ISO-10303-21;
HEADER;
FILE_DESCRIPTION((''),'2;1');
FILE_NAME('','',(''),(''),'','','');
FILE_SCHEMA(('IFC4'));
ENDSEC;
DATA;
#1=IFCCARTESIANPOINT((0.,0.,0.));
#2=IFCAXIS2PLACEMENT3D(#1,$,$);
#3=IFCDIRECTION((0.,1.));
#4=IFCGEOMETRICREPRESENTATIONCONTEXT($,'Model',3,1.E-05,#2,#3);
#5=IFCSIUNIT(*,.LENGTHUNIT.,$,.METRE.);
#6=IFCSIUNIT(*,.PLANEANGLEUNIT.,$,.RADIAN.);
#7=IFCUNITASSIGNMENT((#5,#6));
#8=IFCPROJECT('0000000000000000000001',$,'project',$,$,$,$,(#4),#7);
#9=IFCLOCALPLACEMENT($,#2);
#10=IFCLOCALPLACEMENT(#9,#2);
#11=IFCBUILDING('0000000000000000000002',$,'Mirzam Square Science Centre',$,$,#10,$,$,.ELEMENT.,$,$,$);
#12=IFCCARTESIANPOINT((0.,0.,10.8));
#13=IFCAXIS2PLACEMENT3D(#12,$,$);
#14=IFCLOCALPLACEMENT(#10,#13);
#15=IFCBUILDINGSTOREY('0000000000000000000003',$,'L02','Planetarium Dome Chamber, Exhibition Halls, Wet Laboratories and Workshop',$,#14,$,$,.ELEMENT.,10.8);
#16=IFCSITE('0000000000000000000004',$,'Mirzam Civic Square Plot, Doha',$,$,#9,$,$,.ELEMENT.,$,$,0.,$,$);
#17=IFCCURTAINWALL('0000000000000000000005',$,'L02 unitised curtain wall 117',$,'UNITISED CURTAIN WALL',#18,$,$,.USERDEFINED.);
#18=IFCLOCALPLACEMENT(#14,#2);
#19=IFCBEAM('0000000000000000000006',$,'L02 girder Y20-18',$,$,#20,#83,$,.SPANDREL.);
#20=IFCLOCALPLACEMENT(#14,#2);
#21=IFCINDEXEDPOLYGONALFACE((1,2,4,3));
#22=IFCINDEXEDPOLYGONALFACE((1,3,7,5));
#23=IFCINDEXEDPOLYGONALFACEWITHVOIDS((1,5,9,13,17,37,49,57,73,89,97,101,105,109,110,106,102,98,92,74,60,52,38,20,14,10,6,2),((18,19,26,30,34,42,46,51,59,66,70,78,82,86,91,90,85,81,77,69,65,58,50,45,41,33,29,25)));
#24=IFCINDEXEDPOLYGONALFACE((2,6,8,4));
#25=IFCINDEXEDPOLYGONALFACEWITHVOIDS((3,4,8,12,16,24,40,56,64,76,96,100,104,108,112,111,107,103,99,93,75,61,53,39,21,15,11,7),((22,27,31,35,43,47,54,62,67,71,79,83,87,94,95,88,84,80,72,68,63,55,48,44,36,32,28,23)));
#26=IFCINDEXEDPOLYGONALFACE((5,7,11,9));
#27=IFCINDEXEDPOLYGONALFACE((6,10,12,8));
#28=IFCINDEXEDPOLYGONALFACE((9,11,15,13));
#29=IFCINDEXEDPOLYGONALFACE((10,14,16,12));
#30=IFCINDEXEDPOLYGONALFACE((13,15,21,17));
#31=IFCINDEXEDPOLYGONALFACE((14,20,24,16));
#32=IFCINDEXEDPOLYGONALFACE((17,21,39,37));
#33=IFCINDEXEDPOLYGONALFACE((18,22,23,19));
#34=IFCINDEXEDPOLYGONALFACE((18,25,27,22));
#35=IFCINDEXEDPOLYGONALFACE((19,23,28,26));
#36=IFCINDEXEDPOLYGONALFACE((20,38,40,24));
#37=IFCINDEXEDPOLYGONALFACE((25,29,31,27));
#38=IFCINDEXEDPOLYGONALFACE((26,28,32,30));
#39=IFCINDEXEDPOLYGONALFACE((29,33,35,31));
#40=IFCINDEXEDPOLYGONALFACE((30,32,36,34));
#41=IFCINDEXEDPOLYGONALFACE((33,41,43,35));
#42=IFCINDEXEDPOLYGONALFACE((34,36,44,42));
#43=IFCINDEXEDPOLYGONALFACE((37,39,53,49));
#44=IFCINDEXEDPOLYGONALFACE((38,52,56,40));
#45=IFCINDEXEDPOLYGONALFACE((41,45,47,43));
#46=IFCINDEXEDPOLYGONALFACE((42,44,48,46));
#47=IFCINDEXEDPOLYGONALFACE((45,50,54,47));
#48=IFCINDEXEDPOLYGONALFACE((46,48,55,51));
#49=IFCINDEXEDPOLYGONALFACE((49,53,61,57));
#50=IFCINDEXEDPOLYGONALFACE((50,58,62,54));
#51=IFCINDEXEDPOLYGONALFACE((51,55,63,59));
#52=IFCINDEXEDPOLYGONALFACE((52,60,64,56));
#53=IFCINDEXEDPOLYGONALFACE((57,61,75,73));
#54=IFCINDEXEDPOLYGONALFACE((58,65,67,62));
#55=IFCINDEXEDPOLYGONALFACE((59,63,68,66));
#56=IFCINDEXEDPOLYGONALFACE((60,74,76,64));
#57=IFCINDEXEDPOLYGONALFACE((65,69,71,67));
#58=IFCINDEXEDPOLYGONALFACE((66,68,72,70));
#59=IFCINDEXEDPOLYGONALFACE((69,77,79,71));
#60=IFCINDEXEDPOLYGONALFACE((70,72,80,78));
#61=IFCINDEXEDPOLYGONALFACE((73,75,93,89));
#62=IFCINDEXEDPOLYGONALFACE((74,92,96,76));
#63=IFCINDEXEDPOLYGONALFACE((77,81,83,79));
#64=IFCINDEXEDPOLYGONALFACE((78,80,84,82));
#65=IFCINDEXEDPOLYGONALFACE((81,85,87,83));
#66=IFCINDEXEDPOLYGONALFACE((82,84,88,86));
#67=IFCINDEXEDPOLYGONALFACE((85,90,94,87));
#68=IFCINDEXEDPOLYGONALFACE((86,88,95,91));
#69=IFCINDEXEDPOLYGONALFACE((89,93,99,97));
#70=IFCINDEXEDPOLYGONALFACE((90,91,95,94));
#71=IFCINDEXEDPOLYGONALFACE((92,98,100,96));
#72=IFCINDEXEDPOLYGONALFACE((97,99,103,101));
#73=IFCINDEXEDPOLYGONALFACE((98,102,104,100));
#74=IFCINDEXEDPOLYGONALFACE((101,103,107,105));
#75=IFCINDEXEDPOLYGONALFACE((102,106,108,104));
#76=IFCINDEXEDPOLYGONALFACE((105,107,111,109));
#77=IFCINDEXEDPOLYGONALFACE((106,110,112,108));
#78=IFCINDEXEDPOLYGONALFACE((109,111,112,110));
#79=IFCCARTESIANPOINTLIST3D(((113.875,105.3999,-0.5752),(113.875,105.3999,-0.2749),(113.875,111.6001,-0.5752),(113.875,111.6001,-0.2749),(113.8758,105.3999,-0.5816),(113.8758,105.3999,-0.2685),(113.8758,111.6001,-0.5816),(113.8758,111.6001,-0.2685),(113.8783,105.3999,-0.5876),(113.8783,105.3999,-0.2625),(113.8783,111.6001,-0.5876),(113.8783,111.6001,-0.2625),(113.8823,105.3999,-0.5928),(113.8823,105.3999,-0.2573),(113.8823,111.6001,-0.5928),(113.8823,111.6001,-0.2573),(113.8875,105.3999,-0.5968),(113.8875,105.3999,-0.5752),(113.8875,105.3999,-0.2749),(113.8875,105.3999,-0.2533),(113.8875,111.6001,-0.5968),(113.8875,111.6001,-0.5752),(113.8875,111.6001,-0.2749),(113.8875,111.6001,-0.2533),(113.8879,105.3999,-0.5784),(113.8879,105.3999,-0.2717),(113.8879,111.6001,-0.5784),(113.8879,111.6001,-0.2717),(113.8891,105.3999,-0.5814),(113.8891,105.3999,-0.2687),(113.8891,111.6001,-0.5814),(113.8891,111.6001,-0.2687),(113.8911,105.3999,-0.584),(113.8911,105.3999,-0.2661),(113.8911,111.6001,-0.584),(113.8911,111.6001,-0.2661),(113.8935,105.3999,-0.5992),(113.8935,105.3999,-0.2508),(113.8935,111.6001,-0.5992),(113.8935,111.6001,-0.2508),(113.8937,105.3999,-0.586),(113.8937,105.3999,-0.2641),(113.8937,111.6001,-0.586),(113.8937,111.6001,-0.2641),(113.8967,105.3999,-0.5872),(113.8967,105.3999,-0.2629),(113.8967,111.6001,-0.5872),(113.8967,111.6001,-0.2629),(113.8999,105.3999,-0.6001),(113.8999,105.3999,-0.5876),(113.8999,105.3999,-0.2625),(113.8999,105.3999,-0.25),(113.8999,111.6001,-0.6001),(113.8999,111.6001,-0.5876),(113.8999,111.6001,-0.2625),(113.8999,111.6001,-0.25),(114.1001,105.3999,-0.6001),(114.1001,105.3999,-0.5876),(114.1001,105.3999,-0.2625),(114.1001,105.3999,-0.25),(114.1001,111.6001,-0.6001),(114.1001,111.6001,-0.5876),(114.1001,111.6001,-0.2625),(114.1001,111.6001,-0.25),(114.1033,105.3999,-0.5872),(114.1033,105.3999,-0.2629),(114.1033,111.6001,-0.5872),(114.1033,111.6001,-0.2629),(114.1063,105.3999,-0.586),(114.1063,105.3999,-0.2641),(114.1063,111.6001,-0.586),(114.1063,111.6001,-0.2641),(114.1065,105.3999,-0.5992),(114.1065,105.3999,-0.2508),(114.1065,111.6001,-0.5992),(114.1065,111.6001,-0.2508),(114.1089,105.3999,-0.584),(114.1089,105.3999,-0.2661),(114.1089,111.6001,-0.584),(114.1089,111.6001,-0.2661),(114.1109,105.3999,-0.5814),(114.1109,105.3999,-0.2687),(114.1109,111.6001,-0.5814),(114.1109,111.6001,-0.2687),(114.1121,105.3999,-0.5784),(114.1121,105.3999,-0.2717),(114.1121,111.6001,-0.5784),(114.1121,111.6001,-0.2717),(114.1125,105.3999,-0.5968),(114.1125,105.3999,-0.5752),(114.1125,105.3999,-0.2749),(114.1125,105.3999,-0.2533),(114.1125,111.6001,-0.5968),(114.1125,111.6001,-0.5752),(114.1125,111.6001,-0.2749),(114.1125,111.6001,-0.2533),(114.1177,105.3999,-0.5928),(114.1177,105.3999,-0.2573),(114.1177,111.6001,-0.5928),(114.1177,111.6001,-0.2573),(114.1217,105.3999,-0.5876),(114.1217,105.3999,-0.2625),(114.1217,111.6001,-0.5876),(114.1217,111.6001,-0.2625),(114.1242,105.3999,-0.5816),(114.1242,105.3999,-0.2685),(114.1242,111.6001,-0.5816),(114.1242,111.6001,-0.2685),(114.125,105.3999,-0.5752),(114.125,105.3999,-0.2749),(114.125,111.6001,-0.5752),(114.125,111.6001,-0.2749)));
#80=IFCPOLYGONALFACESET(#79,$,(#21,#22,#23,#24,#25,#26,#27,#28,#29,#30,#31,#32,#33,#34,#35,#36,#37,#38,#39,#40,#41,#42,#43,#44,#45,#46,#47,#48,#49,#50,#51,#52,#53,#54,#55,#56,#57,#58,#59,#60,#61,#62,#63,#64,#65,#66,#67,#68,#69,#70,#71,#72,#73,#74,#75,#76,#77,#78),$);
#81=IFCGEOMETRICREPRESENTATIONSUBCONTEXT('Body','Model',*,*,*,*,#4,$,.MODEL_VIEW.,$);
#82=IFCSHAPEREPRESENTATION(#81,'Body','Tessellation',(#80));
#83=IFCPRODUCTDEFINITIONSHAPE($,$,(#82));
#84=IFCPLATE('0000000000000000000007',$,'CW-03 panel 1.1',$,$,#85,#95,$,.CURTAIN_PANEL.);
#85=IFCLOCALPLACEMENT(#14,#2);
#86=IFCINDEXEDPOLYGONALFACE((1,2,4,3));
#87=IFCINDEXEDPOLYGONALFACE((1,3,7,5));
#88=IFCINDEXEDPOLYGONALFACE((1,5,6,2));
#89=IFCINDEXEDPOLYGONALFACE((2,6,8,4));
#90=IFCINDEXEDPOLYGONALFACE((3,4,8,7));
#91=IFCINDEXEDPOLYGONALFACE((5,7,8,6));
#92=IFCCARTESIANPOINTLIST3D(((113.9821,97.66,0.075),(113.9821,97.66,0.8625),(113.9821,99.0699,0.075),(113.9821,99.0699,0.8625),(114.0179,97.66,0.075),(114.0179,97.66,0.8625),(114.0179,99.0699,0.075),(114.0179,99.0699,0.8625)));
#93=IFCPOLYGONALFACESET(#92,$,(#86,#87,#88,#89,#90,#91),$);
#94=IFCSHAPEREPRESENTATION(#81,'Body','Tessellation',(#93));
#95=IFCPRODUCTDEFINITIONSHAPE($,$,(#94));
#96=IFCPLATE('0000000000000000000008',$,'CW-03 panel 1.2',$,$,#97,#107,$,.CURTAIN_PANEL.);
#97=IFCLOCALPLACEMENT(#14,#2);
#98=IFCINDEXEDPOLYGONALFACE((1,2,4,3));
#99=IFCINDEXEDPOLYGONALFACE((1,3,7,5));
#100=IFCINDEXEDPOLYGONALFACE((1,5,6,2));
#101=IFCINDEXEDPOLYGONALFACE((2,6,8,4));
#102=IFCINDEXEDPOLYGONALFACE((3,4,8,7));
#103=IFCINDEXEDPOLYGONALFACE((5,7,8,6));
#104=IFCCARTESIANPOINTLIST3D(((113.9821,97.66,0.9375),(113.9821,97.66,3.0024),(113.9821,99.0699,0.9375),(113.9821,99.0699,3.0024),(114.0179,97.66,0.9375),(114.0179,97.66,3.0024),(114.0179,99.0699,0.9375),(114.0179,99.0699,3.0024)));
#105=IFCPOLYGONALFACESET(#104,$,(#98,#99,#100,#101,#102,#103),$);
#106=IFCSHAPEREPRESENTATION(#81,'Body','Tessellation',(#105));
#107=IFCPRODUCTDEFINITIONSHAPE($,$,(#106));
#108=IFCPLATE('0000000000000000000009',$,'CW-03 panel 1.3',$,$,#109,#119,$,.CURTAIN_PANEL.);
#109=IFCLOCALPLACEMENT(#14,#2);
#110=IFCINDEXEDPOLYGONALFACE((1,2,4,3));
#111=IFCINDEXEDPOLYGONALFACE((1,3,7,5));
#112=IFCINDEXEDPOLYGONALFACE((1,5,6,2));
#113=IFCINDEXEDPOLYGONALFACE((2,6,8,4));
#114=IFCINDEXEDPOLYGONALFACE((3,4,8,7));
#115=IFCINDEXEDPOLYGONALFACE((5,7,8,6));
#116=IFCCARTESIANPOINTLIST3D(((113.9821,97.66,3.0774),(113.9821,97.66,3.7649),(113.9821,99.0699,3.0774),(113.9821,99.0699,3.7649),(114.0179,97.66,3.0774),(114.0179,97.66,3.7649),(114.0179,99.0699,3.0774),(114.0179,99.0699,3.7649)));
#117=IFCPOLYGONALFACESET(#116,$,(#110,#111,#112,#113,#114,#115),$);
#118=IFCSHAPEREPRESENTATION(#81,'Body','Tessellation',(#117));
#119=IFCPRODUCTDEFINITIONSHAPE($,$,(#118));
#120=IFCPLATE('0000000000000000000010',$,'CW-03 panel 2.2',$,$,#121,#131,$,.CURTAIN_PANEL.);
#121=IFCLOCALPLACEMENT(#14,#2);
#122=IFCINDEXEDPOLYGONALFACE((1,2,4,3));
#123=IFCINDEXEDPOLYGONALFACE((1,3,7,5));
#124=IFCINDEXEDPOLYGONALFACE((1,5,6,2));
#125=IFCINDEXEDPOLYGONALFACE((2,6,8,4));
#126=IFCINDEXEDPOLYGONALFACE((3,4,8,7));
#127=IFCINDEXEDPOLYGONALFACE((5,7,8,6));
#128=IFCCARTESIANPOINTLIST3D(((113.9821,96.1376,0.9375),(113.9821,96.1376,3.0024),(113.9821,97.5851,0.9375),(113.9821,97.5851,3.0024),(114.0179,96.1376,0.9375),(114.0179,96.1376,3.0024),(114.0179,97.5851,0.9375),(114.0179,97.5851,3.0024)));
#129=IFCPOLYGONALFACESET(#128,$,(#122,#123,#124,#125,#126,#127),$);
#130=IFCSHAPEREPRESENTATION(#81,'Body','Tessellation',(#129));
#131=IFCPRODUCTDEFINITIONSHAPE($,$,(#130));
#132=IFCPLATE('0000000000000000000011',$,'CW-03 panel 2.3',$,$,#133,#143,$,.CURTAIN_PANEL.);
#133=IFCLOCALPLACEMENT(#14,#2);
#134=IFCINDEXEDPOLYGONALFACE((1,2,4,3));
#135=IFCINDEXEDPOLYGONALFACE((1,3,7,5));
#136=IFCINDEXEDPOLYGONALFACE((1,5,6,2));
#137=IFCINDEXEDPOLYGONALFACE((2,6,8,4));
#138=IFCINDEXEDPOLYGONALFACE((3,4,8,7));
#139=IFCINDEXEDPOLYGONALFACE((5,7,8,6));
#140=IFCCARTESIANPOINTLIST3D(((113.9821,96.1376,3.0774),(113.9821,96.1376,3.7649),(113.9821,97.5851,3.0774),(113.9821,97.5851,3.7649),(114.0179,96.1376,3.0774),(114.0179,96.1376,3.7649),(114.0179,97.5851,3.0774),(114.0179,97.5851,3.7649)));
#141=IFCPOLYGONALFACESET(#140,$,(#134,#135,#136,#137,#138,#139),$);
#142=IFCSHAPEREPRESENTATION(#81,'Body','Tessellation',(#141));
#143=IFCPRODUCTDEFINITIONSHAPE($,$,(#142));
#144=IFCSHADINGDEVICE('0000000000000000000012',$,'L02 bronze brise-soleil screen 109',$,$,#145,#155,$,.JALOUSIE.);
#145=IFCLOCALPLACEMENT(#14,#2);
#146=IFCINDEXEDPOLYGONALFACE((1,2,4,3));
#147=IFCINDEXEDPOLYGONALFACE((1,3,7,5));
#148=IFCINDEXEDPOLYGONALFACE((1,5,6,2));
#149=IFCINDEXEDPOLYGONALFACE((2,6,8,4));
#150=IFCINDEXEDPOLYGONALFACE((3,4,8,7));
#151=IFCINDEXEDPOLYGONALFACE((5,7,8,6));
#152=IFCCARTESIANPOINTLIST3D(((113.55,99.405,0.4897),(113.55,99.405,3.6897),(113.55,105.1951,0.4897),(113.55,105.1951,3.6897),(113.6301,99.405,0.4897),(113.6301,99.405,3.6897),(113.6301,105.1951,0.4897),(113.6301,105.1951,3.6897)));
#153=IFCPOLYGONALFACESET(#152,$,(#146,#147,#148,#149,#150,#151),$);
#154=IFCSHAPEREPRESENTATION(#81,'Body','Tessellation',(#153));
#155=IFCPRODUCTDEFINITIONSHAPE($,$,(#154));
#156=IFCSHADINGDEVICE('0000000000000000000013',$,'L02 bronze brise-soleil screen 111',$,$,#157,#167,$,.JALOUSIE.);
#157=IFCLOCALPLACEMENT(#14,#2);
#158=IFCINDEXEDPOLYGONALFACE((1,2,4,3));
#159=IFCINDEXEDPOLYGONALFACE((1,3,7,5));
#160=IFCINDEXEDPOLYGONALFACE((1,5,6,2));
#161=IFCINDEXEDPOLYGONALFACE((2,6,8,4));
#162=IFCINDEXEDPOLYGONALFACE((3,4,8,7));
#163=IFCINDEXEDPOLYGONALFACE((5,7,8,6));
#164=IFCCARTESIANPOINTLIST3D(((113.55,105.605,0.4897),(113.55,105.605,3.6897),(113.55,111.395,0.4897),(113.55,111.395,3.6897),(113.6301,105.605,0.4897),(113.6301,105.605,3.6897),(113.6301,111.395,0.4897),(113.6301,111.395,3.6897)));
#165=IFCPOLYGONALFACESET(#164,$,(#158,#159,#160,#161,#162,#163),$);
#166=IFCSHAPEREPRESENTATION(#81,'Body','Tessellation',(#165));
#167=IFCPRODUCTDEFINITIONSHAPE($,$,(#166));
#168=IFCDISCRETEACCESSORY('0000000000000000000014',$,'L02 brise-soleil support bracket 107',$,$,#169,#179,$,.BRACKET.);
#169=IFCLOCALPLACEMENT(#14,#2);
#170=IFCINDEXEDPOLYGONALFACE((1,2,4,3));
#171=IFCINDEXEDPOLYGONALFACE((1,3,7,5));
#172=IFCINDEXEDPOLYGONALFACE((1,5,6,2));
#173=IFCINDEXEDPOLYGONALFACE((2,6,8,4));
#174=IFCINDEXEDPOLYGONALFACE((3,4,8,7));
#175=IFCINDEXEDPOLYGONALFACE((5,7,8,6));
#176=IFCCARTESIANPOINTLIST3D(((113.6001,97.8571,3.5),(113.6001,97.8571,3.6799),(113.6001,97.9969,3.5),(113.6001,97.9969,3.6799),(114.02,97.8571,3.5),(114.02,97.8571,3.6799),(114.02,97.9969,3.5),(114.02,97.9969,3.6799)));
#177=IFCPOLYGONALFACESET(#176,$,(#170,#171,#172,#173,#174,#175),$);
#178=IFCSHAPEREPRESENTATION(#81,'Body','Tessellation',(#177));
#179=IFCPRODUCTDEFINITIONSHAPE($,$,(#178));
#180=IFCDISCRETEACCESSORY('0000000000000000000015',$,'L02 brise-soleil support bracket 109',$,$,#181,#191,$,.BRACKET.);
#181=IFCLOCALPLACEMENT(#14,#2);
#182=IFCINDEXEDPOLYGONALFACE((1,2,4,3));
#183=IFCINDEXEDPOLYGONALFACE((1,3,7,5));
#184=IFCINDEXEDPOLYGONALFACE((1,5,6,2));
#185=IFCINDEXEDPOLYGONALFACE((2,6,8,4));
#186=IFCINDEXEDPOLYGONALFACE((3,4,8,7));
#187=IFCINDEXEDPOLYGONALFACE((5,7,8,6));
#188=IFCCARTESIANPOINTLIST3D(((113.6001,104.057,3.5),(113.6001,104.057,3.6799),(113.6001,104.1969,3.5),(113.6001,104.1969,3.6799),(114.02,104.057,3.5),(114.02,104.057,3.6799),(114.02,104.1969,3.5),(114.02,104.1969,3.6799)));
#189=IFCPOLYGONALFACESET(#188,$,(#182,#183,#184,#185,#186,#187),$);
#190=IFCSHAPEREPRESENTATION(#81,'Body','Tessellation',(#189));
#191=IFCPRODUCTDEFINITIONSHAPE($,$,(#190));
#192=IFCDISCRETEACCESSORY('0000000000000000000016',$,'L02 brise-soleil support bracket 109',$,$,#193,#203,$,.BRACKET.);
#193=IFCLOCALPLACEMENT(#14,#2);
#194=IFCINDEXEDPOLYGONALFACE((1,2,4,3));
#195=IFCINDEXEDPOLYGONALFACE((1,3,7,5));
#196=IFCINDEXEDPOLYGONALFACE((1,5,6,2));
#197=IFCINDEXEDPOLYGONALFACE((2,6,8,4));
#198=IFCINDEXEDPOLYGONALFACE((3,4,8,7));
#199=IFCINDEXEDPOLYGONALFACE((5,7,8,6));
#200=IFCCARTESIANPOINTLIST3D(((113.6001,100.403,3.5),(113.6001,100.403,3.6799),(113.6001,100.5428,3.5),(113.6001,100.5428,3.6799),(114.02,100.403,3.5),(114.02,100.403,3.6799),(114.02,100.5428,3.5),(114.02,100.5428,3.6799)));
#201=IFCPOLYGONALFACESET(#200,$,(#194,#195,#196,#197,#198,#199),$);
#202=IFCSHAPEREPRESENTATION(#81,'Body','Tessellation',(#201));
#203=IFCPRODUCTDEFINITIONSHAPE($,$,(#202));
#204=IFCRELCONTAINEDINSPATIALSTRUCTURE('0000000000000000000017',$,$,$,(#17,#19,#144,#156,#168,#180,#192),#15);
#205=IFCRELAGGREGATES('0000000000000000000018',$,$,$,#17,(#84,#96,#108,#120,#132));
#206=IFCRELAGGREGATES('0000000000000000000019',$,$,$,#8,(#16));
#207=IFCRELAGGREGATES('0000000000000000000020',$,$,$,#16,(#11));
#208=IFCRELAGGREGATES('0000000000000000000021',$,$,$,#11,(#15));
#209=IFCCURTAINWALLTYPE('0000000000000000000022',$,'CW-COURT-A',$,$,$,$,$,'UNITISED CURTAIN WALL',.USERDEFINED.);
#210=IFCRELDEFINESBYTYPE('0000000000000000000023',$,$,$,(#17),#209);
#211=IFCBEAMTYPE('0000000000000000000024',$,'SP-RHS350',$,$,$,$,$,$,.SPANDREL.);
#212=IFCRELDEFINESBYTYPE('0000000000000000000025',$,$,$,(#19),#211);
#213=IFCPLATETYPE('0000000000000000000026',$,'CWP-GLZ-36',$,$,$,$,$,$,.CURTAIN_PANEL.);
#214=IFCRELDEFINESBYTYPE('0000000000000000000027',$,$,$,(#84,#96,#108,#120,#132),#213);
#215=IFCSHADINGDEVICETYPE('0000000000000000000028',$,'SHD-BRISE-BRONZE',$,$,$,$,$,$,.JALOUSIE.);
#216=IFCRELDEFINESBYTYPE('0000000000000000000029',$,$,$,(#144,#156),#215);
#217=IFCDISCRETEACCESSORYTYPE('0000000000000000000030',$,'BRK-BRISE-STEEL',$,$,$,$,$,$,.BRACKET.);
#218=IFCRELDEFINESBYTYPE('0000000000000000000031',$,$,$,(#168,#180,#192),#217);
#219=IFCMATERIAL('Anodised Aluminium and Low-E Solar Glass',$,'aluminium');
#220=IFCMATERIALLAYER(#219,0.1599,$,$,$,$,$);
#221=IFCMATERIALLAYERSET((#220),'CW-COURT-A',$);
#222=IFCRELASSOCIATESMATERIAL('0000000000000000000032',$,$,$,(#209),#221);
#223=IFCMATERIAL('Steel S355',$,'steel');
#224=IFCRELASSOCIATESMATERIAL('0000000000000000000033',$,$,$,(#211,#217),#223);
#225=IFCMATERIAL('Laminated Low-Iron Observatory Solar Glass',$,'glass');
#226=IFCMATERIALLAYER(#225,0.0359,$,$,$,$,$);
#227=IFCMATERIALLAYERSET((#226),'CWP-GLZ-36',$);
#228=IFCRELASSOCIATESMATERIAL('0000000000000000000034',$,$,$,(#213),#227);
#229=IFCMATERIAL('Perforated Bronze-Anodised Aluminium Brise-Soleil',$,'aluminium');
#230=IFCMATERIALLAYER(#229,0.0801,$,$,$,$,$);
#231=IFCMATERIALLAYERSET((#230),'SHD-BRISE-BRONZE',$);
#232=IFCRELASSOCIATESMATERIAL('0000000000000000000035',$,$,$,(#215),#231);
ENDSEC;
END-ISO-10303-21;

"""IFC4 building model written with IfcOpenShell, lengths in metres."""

from ifc_helpers import new_model, si_unit, direction, frame, origin, origin_2d, place, context, subcontext, project, spatial, rectangle, hollow_rectangle, extrude, material, layer, layer_set, material_profile, profile_set, type_object, element, aggregate, save


model = new_model("IFC4")

# Units and contexts
model_context = context("Model", 3, precision=1e-05, world=origin(), true_north=direction((0.0, 1.0)))
body_context = subcontext(model_context, "Body", "Model", "MODEL_VIEW")
ifc_project = project(units=[si_unit("LENGTHUNIT", "METRE"), si_unit("PLANEANGLEUNIT", "RADIAN")], contexts=[model_context])

# Site, building, storey
site_placement = place(None, origin())
site = spatial("IfcSite", under=ifc_project, at=site_placement, Name="Mirzam Civic Square Plot, Doha", CompositionType="ELEMENT", RefElevation=0.0)
building_placement = place(site_placement, origin())
building = spatial("IfcBuilding", under=site, at=building_placement, Name="Mirzam Square Science Centre", CompositionType="ELEMENT")
storey_placement = place(building_placement, frame((0.0, 0.0, 10.8)))
storey = spatial("IfcBuildingStorey", under=building, at=storey_placement, Name="L02", Description="Planetarium Dome Chamber, Exhibition Halls, Wet Laboratories and Workshop", CompositionType="ELEMENT", Elevation=10.8)

# Shared definitions
ifc_material_1 = material(Name="Steel S355", Category="steel")

# Curtain wall
ifc_material_2 = material(Name="Anodised Aluminium and Low-E Solar Glass", Category="aluminium")
ifc_layer_1 = layer(ifc_material_2, 0.1599)
ifc_layer_set_1 = layer_set([ifc_layer_1], Name="CW-COURT-A")
curtain_wall_type_1 = type_object("IfcCurtainWallType", Name="CW-COURT-A", ElementType="UNITISED CURTAIN WALL", PredefinedType="USERDEFINED", material=ifc_layer_set_1)
curtain_wall_1_placement = place(storey_placement, origin())
curtain_wall_1 = element("IfcCurtainWall", 1, at=curtain_wall_1_placement, inside=storey, type_object=curtain_wall_type_1, Name="L02 unitised curtain wall 117", ObjectType="UNITISED CURTAIN WALL", PredefinedType="USERDEFINED")

# Beam
ifc_material_profile_1 = material_profile(ifc_material_1, hollow_rectangle(XDim=0.25, YDim=0.3501, WallThickness=0.0125, InnerFilletRadius=0.0125, OuterFilletRadius=0.0249, at=origin_2d()), Name="350x250x12.5RHS")
ifc_profile_set_1 = profile_set([ifc_material_profile_1], Name="Steel S355")
beam_type_1 = type_object("IfcBeamType", Name="SP-RHS350", PredefinedType="SPANDREL", material=ifc_profile_set_1)
beam_1_placement = place(storey_placement, frame((114.0, 105.3999, -0.425), z_axis=(0.0, 1.0, 0.0), x_axis=(-1.0, 0.0, 0.0)))
element("IfcBeam", 2, at=beam_1_placement, inside=storey, type_object=beam_type_1, Name="L02 girder Y20-18", PredefinedType="SPANDREL", context=body_context, shape_type="SweptSolid", body=[
    extrude(hollow_rectangle(XDim=0.25, YDim=0.3501, WallThickness=0.0125, InnerFilletRadius=0.0125, OuterFilletRadius=0.0249, at=origin_2d()), origin(), (0.0, 0.0, 1.0), 6.2002),
])

# Plates
ifc_material_3 = material(Name="Laminated Low-Iron Observatory Solar Glass", Category="glass")
ifc_layer_2 = layer(ifc_material_3, 0.0359)
ifc_layer_set_2 = layer_set([ifc_layer_2], Name="CWP-GLZ-36")
plate_type = type_object("IfcPlateType", Name="CWP-GLZ-36", PredefinedType="CURTAIN_PANEL", material=ifc_layer_set_2)
plate_1_placement = place(storey_placement, frame((114.0, 98.365, 0.075), z_axis=(0.0, 0.0, 1.0), x_axis=(0.0, -1.0, 0.0)))
plate_1 = element("IfcPlate", 3, at=plate_1_placement, type_object=plate_type, Name="CW-03 panel 1.1", PredefinedType="CURTAIN_PANEL", context=body_context, shape_type="SweptSolid", body=[
    extrude(rectangle(XDim=1.4099, YDim=0.0359, at=origin_2d()), origin(), (0.0, 0.0, 1.0), 0.7876),
])
plate_2_placement = place(storey_placement, frame((114.0, 98.365, 0.9375), z_axis=(0.0, 0.0, 1.0), x_axis=(0.0, -1.0, 0.0)))
plate_2 = element("IfcPlate", 4, at=plate_2_placement, type_object=plate_type, Name="CW-03 panel 1.2", PredefinedType="CURTAIN_PANEL", context=body_context, shape_type="SweptSolid", body=[
    extrude(rectangle(XDim=1.4099, YDim=0.0359, at=origin_2d()), origin(), (0.0, 0.0, 1.0), 2.0649),
])
plate_3_placement = place(storey_placement, frame((114.0, 98.365, 3.0774), z_axis=(0.0, 0.0, 1.0), x_axis=(0.0, -1.0, 0.0)))
plate_3 = element("IfcPlate", 5, at=plate_3_placement, type_object=plate_type, Name="CW-03 panel 1.3", PredefinedType="CURTAIN_PANEL", context=body_context, shape_type="SweptSolid", body=[
    extrude(rectangle(XDim=1.4099, YDim=0.0359, at=origin_2d()), origin(), (0.0, 0.0, 1.0), 0.6875),
])
plate_4_placement = place(storey_placement, frame((114.0, 96.8613, 0.9375), z_axis=(0.0, 0.0, 1.0), x_axis=(0.0, -1.0, 0.0)))
plate_4 = element("IfcPlate", 6, at=plate_4_placement, type_object=plate_type, Name="CW-03 panel 2.2", PredefinedType="CURTAIN_PANEL", context=body_context, shape_type="SweptSolid", body=[
    extrude(rectangle(XDim=1.4475, YDim=0.0359, at=origin_2d()), origin(), (0.0, 0.0, 1.0), 2.0649),
])
plate_5_placement = place(storey_placement, frame((114.0, 96.8613, 3.0774), z_axis=(0.0, 0.0, 1.0), x_axis=(0.0, -1.0, 0.0)))
plate_5 = element("IfcPlate", 7, at=plate_5_placement, type_object=plate_type, Name="CW-03 panel 2.3", PredefinedType="CURTAIN_PANEL", context=body_context, shape_type="SweptSolid", body=[
    extrude(rectangle(XDim=1.4475, YDim=0.0359, at=origin_2d()), origin(), (0.0, 0.0, 1.0), 0.6875),
])
aggregate(curtain_wall_1, [plate_1, plate_2, plate_3, plate_4, plate_5])

# Shading devices
ifc_material_4 = material(Name="Perforated Bronze-Anodised Aluminium Brise-Soleil", Category="aluminium")
ifc_layer_3 = layer(ifc_material_4, 0.0801)
ifc_layer_set_3 = layer_set([ifc_layer_3], Name="SHD-BRISE-BRONZE")
shading_device_type = type_object("IfcShadingDeviceType", Name="SHD-BRISE-BRONZE", PredefinedType="JALOUSIE", material=ifc_layer_set_3)
for number, where, z_axis, x_axis, name in (
    (8, (113.5901, 102.3, 0.4897), (0.0, 0.0, 1.0), (0.0, -1.0, 0.0), "L02 bronze brise-soleil screen 109"),
    (9, (113.5901, 108.5, 0.4897), (0.0, 0.0, 1.0), (0.0, -1.0, 0.0), "L02 bronze brise-soleil screen 111"),
):
    element("IfcShadingDevice", number, at=place(storey_placement, frame(where, z_axis=z_axis, x_axis=x_axis)), inside=storey, type_object=shading_device_type, Name=name, PredefinedType="JALOUSIE", context=body_context, shape_type="SweptSolid", body=[
        extrude(rectangle(XDim=5.79, YDim=0.0801, at=origin_2d()), origin(), (0.0, 0.0, 1.0), 3.2),
    ])

# Discrete accessories
discrete_accessory_type = type_object("IfcDiscreteAccessoryType", Name="BRK-BRISE-STEEL", PredefinedType="BRACKET", material=ifc_material_1)
for number, where, z_axis, x_axis, name in (
    (10, (113.8101, 97.927, 3.5), (0.0, 0.0, 1.0), (0.0, -1.0, 0.0), "L02 brise-soleil support bracket 107"),
    (11, (113.8101, 104.127, 3.5), (0.0, 0.0, 1.0), (0.0, -1.0, 0.0), "L02 brise-soleil support bracket 109"),
    (12, (113.8101, 100.4729, 3.5), (0.0, 0.0, 1.0), (0.0, -1.0, 0.0), "L02 brise-soleil support bracket 109"),
):
    element("IfcDiscreteAccessory", number, at=place(storey_placement, frame(where, z_axis=z_axis, x_axis=x_axis)), inside=storey, type_object=discrete_accessory_type, Name=name, PredefinedType="BRACKET", context=body_context, shape_type="SweptSolid", body=[
        extrude(rectangle(XDim=0.1399, YDim=0.4199, at=origin_2d()), origin(), (0.0, 0.0, 1.0), 0.1799),
    ])

save(model, "model.ifc")
